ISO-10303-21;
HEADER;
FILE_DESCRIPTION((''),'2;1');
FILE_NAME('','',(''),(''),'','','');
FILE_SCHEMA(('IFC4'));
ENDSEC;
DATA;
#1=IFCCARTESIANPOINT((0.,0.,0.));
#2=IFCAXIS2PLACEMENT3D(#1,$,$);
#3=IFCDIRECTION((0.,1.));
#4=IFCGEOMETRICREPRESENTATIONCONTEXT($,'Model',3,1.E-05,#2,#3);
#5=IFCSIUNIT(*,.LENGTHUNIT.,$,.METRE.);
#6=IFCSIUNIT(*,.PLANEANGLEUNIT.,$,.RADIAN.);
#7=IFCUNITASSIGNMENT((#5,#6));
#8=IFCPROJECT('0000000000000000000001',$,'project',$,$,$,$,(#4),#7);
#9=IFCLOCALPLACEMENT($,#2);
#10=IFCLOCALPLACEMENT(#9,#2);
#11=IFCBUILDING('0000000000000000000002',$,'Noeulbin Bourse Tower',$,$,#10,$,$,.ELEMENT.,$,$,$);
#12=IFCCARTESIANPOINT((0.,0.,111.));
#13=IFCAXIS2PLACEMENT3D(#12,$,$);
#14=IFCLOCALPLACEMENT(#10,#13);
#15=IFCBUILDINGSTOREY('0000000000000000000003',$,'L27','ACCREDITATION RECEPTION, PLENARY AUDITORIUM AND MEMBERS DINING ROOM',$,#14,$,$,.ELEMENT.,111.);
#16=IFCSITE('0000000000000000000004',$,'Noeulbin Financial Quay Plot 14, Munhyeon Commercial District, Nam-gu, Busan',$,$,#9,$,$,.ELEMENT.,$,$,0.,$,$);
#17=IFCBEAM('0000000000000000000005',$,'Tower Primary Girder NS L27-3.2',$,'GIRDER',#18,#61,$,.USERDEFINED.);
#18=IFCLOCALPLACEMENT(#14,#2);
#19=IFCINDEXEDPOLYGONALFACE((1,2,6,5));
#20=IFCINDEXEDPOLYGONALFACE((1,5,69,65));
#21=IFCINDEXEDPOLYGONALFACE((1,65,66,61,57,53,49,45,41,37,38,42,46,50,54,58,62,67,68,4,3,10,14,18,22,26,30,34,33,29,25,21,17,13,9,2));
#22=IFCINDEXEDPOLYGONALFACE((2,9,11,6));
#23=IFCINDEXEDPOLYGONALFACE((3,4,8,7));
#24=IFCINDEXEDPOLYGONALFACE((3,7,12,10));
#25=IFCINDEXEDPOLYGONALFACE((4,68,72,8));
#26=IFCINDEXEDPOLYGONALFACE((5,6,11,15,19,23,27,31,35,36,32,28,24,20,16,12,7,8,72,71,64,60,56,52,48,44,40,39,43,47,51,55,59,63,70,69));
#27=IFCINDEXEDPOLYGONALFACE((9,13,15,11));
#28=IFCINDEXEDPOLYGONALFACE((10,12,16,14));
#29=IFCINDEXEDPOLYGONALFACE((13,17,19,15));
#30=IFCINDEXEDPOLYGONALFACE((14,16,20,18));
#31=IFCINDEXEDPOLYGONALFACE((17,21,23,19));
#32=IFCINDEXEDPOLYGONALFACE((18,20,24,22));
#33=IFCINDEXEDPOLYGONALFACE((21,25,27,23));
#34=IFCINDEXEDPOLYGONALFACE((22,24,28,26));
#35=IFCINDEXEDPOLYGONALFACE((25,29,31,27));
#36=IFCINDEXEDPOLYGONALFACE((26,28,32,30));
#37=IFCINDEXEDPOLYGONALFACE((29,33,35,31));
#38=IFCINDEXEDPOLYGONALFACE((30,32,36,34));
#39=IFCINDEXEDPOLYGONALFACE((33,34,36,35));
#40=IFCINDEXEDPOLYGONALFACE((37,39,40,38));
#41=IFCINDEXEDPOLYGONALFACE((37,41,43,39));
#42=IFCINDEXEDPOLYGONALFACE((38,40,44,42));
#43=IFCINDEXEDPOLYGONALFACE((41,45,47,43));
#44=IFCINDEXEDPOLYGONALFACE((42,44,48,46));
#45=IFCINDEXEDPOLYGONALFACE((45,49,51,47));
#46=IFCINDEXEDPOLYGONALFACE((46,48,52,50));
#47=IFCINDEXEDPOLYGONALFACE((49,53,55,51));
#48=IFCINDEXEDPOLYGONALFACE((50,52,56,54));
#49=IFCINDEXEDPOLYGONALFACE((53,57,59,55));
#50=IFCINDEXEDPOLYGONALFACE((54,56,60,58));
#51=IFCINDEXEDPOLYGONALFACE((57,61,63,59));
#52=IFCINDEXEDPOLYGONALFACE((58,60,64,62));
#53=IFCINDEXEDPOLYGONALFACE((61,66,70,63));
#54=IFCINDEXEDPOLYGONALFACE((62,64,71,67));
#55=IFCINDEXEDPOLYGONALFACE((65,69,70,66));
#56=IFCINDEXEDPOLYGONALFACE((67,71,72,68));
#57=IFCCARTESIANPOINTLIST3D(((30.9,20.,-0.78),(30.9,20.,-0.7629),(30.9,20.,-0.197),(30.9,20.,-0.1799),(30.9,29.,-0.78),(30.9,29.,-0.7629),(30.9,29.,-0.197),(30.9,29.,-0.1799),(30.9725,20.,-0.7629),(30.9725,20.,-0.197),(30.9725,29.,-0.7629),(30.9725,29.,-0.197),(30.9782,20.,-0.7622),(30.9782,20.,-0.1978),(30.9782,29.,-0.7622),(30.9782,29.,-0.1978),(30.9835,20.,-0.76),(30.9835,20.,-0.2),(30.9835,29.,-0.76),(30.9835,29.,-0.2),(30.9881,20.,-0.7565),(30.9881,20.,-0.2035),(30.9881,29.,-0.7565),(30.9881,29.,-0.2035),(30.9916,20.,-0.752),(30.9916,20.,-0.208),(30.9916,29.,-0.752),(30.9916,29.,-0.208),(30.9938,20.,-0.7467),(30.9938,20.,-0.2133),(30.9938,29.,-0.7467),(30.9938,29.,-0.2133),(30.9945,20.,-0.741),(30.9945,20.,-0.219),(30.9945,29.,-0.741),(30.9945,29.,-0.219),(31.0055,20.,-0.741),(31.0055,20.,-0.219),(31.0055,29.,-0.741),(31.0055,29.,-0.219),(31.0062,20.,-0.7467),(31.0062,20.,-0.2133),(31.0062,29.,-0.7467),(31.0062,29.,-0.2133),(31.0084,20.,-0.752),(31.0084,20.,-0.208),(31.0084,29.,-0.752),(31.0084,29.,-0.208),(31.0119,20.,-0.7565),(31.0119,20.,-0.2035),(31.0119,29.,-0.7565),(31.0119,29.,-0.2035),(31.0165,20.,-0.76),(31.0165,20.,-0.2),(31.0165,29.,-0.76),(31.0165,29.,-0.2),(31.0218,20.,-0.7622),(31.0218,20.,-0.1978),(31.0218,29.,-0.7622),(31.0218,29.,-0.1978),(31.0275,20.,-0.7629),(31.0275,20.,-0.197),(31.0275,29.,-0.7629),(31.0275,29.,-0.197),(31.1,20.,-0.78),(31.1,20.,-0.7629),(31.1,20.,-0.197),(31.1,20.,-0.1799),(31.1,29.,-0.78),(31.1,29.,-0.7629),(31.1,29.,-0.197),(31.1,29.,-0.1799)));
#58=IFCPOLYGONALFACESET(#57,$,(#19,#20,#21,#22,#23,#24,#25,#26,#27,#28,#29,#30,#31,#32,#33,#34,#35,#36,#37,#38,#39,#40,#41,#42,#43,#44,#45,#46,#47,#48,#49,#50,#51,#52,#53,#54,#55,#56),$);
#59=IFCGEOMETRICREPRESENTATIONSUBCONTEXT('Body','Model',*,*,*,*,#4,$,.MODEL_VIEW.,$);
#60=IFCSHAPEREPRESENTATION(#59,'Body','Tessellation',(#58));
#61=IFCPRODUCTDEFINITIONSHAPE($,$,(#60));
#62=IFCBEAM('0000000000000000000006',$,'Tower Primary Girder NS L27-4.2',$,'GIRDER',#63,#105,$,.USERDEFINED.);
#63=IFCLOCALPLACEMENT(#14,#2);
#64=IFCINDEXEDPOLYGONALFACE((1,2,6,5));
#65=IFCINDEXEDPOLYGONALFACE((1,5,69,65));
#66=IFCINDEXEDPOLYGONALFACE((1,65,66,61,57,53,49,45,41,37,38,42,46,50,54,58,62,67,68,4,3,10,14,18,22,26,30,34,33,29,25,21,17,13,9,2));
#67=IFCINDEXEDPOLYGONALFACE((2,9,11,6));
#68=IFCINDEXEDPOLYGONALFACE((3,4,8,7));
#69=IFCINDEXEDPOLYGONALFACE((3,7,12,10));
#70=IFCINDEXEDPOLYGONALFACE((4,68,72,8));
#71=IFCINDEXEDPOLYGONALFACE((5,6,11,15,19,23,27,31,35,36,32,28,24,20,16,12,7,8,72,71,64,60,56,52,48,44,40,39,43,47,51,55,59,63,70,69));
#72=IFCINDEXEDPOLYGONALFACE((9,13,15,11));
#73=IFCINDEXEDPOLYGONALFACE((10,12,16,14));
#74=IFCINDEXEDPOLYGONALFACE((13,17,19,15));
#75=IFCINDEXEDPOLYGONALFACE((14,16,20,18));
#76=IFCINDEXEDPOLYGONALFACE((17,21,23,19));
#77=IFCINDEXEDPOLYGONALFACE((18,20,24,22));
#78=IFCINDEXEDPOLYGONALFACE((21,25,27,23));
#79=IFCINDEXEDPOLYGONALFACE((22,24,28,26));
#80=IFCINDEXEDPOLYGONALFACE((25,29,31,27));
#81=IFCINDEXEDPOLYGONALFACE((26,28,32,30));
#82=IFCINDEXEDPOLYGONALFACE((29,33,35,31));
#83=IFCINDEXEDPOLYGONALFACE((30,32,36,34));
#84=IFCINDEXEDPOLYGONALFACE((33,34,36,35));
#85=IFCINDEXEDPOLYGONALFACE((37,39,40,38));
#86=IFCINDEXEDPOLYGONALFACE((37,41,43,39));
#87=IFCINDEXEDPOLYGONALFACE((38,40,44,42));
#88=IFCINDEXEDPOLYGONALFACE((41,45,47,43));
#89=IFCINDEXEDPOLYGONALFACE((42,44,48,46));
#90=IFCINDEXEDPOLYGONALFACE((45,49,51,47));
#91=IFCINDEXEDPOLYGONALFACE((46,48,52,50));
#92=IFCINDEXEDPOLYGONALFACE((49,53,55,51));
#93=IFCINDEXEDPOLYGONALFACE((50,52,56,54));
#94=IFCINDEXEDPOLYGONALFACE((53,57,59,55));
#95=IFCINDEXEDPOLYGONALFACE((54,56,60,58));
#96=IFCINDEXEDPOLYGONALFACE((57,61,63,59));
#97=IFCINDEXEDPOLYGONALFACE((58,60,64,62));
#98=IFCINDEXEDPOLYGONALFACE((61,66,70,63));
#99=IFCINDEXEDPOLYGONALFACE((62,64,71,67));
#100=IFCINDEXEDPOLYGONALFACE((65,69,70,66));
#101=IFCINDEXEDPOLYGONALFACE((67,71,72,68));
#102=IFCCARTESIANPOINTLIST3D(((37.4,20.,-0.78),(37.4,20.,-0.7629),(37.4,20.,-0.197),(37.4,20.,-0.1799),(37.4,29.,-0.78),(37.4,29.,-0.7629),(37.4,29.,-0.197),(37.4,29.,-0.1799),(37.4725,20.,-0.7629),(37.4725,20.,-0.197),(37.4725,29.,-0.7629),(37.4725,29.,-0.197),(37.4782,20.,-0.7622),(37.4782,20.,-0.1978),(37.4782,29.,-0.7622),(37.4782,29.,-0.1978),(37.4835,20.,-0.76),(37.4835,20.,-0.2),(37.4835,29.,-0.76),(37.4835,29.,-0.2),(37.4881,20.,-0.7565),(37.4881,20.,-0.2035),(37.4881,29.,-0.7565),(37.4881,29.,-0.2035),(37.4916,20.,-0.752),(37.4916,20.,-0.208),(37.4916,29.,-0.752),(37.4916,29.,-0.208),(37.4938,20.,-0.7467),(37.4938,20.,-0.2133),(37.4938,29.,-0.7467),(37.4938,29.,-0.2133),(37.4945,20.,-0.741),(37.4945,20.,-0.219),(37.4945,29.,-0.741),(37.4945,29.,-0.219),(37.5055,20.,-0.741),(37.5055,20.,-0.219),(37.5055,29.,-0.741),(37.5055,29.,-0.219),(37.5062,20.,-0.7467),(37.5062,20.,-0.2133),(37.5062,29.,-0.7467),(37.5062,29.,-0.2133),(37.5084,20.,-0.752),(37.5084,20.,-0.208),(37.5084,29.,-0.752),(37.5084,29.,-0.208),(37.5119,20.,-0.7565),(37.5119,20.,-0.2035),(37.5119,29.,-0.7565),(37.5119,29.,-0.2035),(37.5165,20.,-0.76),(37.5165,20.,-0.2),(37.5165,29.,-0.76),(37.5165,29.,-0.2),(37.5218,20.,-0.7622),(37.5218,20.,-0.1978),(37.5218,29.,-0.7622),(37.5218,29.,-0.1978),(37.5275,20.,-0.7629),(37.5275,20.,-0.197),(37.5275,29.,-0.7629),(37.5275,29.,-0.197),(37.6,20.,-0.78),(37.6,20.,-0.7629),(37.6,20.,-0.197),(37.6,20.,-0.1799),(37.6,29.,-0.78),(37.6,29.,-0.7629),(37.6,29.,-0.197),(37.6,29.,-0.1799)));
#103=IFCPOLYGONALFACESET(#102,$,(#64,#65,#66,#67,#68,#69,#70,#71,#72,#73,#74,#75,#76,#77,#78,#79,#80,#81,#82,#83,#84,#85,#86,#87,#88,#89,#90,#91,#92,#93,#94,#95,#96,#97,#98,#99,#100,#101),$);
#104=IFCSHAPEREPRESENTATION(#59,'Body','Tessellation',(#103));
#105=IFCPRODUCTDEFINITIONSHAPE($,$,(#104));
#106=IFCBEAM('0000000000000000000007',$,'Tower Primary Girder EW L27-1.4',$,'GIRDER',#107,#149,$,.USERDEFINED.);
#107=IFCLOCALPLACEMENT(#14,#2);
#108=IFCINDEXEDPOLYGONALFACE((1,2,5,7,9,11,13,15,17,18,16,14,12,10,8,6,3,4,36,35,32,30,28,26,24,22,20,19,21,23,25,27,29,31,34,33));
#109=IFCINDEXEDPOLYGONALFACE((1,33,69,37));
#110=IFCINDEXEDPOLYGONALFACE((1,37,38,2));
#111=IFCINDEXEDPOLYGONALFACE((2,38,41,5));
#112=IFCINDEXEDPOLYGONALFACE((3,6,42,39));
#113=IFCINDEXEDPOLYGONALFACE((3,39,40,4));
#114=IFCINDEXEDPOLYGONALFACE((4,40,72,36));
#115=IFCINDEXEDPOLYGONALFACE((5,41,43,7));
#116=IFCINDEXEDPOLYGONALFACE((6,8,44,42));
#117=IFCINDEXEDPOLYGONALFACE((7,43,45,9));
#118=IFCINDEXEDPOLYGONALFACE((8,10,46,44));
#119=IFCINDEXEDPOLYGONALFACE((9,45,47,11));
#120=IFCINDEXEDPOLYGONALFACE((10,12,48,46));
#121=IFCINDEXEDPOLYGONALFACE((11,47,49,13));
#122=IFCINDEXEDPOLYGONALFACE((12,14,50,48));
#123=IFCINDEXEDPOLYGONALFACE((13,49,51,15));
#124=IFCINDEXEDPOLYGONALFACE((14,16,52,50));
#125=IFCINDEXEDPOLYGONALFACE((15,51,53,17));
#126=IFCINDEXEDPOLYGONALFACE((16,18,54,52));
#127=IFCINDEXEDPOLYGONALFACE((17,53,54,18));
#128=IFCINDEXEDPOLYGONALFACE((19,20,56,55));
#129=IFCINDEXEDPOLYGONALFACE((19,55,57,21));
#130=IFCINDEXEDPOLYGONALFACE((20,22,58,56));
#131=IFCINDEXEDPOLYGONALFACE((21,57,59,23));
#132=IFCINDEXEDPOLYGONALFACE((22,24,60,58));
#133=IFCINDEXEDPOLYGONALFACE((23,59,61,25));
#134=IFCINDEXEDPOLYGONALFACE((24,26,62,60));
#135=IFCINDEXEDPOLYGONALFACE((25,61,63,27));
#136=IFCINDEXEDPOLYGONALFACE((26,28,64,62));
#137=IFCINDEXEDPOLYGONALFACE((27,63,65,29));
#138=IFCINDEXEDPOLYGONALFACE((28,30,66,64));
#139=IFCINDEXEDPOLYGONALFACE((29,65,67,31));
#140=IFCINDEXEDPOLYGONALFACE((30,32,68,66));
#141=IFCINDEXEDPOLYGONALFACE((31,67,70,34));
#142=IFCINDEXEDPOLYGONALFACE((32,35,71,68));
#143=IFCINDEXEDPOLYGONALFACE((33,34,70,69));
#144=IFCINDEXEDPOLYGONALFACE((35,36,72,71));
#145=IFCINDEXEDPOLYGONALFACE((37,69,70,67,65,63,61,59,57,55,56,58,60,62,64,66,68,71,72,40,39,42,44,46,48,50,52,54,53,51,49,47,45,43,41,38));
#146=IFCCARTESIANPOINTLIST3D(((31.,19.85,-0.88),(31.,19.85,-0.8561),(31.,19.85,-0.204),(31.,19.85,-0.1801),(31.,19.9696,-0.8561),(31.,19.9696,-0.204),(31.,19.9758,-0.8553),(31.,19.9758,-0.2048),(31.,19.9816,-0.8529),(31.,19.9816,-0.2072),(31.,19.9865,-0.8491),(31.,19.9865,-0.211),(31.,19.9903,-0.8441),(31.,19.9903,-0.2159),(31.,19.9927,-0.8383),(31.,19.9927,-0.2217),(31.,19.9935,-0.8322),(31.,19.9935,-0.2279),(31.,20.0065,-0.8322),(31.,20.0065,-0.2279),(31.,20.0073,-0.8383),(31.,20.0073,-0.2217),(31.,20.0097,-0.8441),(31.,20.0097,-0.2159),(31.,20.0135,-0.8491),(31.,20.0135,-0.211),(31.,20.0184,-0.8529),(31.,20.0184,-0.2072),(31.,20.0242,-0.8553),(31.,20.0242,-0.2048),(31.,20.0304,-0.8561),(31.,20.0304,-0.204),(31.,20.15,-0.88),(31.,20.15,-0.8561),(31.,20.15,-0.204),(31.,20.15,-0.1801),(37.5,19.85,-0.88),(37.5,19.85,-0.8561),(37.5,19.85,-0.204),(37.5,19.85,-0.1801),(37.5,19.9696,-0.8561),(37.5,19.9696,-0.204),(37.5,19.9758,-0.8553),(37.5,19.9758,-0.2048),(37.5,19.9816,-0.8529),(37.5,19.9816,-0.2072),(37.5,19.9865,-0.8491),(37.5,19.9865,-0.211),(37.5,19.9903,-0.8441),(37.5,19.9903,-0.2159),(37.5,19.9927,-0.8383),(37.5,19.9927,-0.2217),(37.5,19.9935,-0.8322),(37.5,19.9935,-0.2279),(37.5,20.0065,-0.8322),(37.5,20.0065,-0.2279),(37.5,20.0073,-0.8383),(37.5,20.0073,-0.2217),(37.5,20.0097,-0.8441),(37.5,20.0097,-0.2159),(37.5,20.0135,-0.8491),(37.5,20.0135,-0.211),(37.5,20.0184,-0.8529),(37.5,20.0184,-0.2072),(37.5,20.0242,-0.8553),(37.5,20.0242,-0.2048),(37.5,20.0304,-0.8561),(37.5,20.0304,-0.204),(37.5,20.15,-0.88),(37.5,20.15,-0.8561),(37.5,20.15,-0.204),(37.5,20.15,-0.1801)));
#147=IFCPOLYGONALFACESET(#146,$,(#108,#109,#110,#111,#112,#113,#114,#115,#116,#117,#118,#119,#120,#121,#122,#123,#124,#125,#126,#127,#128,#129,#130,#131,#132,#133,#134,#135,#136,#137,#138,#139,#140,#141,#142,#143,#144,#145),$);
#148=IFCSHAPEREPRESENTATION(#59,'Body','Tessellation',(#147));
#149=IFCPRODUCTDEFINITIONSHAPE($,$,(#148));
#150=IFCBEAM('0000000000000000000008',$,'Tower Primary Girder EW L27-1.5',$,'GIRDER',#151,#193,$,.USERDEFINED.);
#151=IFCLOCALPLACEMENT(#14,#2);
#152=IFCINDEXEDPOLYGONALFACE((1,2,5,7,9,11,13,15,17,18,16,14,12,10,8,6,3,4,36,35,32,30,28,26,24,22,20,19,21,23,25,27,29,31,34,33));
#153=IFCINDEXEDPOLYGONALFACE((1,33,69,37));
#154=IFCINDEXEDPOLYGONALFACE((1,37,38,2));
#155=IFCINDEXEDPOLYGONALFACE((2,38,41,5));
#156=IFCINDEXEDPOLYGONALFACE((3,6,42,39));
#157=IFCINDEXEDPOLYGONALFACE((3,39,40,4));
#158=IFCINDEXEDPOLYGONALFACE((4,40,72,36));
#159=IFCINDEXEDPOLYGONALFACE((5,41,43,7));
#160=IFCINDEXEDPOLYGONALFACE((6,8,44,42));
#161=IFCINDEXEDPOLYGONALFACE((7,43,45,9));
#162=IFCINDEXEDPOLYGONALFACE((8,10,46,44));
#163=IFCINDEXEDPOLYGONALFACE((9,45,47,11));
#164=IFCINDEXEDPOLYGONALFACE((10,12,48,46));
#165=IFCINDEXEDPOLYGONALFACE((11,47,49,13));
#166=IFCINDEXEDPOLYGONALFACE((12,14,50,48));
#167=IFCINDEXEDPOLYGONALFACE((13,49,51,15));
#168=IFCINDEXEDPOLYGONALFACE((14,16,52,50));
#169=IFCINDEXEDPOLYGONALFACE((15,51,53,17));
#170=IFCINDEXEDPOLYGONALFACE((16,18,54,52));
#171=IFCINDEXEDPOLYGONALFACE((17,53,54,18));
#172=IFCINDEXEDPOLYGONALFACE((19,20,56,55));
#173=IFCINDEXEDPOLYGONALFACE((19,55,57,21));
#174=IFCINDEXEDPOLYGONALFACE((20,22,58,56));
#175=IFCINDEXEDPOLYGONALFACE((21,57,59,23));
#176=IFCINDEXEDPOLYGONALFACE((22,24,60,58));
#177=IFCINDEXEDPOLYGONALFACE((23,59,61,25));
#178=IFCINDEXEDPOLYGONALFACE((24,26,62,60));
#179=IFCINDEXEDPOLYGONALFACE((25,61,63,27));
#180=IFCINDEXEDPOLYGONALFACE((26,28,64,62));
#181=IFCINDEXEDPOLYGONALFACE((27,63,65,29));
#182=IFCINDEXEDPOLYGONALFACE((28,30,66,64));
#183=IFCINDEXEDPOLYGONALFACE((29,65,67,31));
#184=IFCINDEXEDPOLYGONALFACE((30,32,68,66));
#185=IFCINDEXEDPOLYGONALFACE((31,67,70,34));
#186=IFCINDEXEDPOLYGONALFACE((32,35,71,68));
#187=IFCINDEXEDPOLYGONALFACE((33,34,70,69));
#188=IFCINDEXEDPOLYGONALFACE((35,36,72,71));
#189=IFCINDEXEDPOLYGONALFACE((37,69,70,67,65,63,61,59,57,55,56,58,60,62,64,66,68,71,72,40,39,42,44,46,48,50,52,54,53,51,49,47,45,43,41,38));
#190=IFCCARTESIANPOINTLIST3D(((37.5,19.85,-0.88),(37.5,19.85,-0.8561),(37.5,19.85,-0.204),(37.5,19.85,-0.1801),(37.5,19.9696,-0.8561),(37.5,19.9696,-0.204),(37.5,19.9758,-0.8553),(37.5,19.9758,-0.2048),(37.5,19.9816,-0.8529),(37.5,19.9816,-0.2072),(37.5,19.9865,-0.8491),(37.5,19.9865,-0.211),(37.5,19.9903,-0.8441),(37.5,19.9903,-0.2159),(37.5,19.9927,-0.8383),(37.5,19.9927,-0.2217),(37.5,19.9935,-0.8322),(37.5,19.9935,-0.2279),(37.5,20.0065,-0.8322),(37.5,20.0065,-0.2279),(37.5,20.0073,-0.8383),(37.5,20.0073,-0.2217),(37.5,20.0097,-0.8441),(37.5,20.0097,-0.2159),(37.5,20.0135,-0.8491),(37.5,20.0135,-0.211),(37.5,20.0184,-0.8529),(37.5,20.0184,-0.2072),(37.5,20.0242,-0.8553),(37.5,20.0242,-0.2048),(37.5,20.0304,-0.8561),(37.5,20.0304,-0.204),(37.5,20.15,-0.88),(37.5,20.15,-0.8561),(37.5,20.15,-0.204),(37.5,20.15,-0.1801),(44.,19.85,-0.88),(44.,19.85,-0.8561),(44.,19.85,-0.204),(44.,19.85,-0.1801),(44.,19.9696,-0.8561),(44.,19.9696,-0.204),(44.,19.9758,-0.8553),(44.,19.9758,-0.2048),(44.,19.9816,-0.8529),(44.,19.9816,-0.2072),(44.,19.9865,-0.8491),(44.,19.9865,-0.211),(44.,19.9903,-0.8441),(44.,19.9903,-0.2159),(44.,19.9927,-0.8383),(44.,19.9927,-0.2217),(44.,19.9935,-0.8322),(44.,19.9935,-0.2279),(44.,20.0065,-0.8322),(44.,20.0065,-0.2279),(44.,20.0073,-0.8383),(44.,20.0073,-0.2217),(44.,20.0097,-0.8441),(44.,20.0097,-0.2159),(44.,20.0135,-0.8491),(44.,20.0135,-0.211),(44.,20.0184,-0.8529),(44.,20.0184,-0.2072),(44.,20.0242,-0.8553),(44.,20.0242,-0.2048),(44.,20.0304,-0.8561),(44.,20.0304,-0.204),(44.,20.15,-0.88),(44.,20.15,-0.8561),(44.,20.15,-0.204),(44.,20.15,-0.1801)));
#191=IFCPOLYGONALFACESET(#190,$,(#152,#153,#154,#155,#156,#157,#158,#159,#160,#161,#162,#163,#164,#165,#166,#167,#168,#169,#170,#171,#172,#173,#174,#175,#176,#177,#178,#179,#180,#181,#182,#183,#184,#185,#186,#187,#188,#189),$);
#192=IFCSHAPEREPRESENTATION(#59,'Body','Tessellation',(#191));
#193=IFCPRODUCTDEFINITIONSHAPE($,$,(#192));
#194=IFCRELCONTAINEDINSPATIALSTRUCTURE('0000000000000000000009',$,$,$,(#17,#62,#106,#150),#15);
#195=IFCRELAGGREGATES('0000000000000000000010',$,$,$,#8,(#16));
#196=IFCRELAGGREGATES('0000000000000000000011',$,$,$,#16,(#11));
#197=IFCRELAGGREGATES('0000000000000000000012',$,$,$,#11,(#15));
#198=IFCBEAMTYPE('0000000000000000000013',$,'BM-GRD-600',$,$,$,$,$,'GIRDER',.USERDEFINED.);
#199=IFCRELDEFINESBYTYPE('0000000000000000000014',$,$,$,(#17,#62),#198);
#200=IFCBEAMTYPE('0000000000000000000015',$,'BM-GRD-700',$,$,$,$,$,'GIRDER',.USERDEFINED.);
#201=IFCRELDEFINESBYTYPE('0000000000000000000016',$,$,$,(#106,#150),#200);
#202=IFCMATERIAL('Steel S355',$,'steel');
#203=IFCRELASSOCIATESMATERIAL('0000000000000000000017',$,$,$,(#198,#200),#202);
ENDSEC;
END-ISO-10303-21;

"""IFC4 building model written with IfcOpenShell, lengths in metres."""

from ifc_helpers import new_model, si_unit, direction, frame, origin, origin_2d, place, context, subcontext, project, spatial, i_section, extrude, material, material_profile, profile_set, type_object, element, save


model = new_model("IFC4")

# Units and contexts
model_context = context("Model", 3, precision=1e-05, world=origin(), true_north=direction((0.0, 1.0)))
body_context = subcontext(model_context, "Body", "Model", "MODEL_VIEW")
ifc_project = project(units=[si_unit("LENGTHUNIT", "METRE"), si_unit("PLANEANGLEUNIT", "RADIAN")], contexts=[model_context])

# Site, building, storey
site_placement = place(None, origin())
site = spatial("IfcSite", under=ifc_project, at=site_placement, Name="Noeulbin Financial Quay Plot 14, Munhyeon Commercial District, Nam-gu, Busan", CompositionType="ELEMENT", RefElevation=0.0)
building_placement = place(site_placement, origin())
building = spatial("IfcBuilding", under=site, at=building_placement, Name="Noeulbin Bourse Tower", CompositionType="ELEMENT")
storey_placement = place(building_placement, frame((0.0, 0.0, 111.0)))
storey = spatial("IfcBuildingStorey", under=building, at=storey_placement, Name="L27", Description="ACCREDITATION RECEPTION, PLENARY AUDITORIUM AND MEMBERS DINING ROOM", CompositionType="ELEMENT", Elevation=111.0)

# Beams
ifc_material_1 = material(Name="Steel S355", Category="steel")
ifc_material_profile_1 = material_profile(ifc_material_1, i_section(OverallWidth=0.2, OverallDepth=0.6001, WebThickness=0.011, FlangeThickness=0.0171, FilletRadius=0.022, at=origin_2d()), Name="H-600x200x11x17", Category="LoadBearing")
ifc_profile_set_1 = profile_set([ifc_material_profile_1], Name="Steel S355")
beam_type_1 = type_object("IfcBeamType", Name="BM-GRD-600", ElementType="GIRDER", PredefinedType="USERDEFINED", material=ifc_profile_set_1)
for number, where, z_axis, x_axis, name in (
    (1, (31.0, 20.0, -0.48), (0.0, 1.0, 0.0), (-1.0, 0.0, 0.0), "Tower Primary Girder NS L27-3.2"),
    (2, (37.5, 20.0, -0.48), (0.0, 1.0, 0.0), (-1.0, 0.0, 0.0), "Tower Primary Girder NS L27-4.2"),
):
    element("IfcBeam", number, at=place(storey_placement, frame(where, z_axis=z_axis, x_axis=x_axis)), inside=storey, type_object=beam_type_1, Name=name, ObjectType="GIRDER", PredefinedType="USERDEFINED", context=body_context, shape_type="SweptSolid", body=[
        extrude(i_section(OverallWidth=0.2, OverallDepth=0.6001, WebThickness=0.011, FlangeThickness=0.0171, FilletRadius=0.022, at=origin_2d()), origin(), (0.0, 0.0, 1.0), 9.0),
    ])
ifc_material_profile_2 = material_profile(ifc_material_1, i_section(OverallWidth=0.3, OverallDepth=0.7, WebThickness=0.0129, FlangeThickness=0.0239, FilletRadius=0.0239, at=origin_2d()), Name="H-700x300x13x24", Category="LoadBearing")
ifc_profile_set_2 = profile_set([ifc_material_profile_2], Name="Steel S355")
beam_type_2 = type_object("IfcBeamType", Name="BM-GRD-700", ElementType="GIRDER", PredefinedType="USERDEFINED", material=ifc_profile_set_2)
for number, where, z_axis, x_axis, name in (
    (3, (31.0, 20.0, -0.53), (1.0, 0.0, 0.0), (0.0, 1.0, 0.0), "Tower Primary Girder EW L27-1.4"),
    (4, (37.5, 20.0, -0.53), (1.0, 0.0, 0.0), (0.0, 1.0, 0.0), "Tower Primary Girder EW L27-1.5"),
):
    element("IfcBeam", number, at=place(storey_placement, frame(where, z_axis=z_axis, x_axis=x_axis)), inside=storey, type_object=beam_type_2, Name=name, ObjectType="GIRDER", PredefinedType="USERDEFINED", context=body_context, shape_type="SweptSolid", body=[
        extrude(i_section(OverallWidth=0.3, OverallDepth=0.7, WebThickness=0.0129, FlangeThickness=0.0239, FilletRadius=0.0239, at=origin_2d()), origin(), (0.0, 0.0, 1.0), 6.5),
    ])

save(model, "model.ifc")
